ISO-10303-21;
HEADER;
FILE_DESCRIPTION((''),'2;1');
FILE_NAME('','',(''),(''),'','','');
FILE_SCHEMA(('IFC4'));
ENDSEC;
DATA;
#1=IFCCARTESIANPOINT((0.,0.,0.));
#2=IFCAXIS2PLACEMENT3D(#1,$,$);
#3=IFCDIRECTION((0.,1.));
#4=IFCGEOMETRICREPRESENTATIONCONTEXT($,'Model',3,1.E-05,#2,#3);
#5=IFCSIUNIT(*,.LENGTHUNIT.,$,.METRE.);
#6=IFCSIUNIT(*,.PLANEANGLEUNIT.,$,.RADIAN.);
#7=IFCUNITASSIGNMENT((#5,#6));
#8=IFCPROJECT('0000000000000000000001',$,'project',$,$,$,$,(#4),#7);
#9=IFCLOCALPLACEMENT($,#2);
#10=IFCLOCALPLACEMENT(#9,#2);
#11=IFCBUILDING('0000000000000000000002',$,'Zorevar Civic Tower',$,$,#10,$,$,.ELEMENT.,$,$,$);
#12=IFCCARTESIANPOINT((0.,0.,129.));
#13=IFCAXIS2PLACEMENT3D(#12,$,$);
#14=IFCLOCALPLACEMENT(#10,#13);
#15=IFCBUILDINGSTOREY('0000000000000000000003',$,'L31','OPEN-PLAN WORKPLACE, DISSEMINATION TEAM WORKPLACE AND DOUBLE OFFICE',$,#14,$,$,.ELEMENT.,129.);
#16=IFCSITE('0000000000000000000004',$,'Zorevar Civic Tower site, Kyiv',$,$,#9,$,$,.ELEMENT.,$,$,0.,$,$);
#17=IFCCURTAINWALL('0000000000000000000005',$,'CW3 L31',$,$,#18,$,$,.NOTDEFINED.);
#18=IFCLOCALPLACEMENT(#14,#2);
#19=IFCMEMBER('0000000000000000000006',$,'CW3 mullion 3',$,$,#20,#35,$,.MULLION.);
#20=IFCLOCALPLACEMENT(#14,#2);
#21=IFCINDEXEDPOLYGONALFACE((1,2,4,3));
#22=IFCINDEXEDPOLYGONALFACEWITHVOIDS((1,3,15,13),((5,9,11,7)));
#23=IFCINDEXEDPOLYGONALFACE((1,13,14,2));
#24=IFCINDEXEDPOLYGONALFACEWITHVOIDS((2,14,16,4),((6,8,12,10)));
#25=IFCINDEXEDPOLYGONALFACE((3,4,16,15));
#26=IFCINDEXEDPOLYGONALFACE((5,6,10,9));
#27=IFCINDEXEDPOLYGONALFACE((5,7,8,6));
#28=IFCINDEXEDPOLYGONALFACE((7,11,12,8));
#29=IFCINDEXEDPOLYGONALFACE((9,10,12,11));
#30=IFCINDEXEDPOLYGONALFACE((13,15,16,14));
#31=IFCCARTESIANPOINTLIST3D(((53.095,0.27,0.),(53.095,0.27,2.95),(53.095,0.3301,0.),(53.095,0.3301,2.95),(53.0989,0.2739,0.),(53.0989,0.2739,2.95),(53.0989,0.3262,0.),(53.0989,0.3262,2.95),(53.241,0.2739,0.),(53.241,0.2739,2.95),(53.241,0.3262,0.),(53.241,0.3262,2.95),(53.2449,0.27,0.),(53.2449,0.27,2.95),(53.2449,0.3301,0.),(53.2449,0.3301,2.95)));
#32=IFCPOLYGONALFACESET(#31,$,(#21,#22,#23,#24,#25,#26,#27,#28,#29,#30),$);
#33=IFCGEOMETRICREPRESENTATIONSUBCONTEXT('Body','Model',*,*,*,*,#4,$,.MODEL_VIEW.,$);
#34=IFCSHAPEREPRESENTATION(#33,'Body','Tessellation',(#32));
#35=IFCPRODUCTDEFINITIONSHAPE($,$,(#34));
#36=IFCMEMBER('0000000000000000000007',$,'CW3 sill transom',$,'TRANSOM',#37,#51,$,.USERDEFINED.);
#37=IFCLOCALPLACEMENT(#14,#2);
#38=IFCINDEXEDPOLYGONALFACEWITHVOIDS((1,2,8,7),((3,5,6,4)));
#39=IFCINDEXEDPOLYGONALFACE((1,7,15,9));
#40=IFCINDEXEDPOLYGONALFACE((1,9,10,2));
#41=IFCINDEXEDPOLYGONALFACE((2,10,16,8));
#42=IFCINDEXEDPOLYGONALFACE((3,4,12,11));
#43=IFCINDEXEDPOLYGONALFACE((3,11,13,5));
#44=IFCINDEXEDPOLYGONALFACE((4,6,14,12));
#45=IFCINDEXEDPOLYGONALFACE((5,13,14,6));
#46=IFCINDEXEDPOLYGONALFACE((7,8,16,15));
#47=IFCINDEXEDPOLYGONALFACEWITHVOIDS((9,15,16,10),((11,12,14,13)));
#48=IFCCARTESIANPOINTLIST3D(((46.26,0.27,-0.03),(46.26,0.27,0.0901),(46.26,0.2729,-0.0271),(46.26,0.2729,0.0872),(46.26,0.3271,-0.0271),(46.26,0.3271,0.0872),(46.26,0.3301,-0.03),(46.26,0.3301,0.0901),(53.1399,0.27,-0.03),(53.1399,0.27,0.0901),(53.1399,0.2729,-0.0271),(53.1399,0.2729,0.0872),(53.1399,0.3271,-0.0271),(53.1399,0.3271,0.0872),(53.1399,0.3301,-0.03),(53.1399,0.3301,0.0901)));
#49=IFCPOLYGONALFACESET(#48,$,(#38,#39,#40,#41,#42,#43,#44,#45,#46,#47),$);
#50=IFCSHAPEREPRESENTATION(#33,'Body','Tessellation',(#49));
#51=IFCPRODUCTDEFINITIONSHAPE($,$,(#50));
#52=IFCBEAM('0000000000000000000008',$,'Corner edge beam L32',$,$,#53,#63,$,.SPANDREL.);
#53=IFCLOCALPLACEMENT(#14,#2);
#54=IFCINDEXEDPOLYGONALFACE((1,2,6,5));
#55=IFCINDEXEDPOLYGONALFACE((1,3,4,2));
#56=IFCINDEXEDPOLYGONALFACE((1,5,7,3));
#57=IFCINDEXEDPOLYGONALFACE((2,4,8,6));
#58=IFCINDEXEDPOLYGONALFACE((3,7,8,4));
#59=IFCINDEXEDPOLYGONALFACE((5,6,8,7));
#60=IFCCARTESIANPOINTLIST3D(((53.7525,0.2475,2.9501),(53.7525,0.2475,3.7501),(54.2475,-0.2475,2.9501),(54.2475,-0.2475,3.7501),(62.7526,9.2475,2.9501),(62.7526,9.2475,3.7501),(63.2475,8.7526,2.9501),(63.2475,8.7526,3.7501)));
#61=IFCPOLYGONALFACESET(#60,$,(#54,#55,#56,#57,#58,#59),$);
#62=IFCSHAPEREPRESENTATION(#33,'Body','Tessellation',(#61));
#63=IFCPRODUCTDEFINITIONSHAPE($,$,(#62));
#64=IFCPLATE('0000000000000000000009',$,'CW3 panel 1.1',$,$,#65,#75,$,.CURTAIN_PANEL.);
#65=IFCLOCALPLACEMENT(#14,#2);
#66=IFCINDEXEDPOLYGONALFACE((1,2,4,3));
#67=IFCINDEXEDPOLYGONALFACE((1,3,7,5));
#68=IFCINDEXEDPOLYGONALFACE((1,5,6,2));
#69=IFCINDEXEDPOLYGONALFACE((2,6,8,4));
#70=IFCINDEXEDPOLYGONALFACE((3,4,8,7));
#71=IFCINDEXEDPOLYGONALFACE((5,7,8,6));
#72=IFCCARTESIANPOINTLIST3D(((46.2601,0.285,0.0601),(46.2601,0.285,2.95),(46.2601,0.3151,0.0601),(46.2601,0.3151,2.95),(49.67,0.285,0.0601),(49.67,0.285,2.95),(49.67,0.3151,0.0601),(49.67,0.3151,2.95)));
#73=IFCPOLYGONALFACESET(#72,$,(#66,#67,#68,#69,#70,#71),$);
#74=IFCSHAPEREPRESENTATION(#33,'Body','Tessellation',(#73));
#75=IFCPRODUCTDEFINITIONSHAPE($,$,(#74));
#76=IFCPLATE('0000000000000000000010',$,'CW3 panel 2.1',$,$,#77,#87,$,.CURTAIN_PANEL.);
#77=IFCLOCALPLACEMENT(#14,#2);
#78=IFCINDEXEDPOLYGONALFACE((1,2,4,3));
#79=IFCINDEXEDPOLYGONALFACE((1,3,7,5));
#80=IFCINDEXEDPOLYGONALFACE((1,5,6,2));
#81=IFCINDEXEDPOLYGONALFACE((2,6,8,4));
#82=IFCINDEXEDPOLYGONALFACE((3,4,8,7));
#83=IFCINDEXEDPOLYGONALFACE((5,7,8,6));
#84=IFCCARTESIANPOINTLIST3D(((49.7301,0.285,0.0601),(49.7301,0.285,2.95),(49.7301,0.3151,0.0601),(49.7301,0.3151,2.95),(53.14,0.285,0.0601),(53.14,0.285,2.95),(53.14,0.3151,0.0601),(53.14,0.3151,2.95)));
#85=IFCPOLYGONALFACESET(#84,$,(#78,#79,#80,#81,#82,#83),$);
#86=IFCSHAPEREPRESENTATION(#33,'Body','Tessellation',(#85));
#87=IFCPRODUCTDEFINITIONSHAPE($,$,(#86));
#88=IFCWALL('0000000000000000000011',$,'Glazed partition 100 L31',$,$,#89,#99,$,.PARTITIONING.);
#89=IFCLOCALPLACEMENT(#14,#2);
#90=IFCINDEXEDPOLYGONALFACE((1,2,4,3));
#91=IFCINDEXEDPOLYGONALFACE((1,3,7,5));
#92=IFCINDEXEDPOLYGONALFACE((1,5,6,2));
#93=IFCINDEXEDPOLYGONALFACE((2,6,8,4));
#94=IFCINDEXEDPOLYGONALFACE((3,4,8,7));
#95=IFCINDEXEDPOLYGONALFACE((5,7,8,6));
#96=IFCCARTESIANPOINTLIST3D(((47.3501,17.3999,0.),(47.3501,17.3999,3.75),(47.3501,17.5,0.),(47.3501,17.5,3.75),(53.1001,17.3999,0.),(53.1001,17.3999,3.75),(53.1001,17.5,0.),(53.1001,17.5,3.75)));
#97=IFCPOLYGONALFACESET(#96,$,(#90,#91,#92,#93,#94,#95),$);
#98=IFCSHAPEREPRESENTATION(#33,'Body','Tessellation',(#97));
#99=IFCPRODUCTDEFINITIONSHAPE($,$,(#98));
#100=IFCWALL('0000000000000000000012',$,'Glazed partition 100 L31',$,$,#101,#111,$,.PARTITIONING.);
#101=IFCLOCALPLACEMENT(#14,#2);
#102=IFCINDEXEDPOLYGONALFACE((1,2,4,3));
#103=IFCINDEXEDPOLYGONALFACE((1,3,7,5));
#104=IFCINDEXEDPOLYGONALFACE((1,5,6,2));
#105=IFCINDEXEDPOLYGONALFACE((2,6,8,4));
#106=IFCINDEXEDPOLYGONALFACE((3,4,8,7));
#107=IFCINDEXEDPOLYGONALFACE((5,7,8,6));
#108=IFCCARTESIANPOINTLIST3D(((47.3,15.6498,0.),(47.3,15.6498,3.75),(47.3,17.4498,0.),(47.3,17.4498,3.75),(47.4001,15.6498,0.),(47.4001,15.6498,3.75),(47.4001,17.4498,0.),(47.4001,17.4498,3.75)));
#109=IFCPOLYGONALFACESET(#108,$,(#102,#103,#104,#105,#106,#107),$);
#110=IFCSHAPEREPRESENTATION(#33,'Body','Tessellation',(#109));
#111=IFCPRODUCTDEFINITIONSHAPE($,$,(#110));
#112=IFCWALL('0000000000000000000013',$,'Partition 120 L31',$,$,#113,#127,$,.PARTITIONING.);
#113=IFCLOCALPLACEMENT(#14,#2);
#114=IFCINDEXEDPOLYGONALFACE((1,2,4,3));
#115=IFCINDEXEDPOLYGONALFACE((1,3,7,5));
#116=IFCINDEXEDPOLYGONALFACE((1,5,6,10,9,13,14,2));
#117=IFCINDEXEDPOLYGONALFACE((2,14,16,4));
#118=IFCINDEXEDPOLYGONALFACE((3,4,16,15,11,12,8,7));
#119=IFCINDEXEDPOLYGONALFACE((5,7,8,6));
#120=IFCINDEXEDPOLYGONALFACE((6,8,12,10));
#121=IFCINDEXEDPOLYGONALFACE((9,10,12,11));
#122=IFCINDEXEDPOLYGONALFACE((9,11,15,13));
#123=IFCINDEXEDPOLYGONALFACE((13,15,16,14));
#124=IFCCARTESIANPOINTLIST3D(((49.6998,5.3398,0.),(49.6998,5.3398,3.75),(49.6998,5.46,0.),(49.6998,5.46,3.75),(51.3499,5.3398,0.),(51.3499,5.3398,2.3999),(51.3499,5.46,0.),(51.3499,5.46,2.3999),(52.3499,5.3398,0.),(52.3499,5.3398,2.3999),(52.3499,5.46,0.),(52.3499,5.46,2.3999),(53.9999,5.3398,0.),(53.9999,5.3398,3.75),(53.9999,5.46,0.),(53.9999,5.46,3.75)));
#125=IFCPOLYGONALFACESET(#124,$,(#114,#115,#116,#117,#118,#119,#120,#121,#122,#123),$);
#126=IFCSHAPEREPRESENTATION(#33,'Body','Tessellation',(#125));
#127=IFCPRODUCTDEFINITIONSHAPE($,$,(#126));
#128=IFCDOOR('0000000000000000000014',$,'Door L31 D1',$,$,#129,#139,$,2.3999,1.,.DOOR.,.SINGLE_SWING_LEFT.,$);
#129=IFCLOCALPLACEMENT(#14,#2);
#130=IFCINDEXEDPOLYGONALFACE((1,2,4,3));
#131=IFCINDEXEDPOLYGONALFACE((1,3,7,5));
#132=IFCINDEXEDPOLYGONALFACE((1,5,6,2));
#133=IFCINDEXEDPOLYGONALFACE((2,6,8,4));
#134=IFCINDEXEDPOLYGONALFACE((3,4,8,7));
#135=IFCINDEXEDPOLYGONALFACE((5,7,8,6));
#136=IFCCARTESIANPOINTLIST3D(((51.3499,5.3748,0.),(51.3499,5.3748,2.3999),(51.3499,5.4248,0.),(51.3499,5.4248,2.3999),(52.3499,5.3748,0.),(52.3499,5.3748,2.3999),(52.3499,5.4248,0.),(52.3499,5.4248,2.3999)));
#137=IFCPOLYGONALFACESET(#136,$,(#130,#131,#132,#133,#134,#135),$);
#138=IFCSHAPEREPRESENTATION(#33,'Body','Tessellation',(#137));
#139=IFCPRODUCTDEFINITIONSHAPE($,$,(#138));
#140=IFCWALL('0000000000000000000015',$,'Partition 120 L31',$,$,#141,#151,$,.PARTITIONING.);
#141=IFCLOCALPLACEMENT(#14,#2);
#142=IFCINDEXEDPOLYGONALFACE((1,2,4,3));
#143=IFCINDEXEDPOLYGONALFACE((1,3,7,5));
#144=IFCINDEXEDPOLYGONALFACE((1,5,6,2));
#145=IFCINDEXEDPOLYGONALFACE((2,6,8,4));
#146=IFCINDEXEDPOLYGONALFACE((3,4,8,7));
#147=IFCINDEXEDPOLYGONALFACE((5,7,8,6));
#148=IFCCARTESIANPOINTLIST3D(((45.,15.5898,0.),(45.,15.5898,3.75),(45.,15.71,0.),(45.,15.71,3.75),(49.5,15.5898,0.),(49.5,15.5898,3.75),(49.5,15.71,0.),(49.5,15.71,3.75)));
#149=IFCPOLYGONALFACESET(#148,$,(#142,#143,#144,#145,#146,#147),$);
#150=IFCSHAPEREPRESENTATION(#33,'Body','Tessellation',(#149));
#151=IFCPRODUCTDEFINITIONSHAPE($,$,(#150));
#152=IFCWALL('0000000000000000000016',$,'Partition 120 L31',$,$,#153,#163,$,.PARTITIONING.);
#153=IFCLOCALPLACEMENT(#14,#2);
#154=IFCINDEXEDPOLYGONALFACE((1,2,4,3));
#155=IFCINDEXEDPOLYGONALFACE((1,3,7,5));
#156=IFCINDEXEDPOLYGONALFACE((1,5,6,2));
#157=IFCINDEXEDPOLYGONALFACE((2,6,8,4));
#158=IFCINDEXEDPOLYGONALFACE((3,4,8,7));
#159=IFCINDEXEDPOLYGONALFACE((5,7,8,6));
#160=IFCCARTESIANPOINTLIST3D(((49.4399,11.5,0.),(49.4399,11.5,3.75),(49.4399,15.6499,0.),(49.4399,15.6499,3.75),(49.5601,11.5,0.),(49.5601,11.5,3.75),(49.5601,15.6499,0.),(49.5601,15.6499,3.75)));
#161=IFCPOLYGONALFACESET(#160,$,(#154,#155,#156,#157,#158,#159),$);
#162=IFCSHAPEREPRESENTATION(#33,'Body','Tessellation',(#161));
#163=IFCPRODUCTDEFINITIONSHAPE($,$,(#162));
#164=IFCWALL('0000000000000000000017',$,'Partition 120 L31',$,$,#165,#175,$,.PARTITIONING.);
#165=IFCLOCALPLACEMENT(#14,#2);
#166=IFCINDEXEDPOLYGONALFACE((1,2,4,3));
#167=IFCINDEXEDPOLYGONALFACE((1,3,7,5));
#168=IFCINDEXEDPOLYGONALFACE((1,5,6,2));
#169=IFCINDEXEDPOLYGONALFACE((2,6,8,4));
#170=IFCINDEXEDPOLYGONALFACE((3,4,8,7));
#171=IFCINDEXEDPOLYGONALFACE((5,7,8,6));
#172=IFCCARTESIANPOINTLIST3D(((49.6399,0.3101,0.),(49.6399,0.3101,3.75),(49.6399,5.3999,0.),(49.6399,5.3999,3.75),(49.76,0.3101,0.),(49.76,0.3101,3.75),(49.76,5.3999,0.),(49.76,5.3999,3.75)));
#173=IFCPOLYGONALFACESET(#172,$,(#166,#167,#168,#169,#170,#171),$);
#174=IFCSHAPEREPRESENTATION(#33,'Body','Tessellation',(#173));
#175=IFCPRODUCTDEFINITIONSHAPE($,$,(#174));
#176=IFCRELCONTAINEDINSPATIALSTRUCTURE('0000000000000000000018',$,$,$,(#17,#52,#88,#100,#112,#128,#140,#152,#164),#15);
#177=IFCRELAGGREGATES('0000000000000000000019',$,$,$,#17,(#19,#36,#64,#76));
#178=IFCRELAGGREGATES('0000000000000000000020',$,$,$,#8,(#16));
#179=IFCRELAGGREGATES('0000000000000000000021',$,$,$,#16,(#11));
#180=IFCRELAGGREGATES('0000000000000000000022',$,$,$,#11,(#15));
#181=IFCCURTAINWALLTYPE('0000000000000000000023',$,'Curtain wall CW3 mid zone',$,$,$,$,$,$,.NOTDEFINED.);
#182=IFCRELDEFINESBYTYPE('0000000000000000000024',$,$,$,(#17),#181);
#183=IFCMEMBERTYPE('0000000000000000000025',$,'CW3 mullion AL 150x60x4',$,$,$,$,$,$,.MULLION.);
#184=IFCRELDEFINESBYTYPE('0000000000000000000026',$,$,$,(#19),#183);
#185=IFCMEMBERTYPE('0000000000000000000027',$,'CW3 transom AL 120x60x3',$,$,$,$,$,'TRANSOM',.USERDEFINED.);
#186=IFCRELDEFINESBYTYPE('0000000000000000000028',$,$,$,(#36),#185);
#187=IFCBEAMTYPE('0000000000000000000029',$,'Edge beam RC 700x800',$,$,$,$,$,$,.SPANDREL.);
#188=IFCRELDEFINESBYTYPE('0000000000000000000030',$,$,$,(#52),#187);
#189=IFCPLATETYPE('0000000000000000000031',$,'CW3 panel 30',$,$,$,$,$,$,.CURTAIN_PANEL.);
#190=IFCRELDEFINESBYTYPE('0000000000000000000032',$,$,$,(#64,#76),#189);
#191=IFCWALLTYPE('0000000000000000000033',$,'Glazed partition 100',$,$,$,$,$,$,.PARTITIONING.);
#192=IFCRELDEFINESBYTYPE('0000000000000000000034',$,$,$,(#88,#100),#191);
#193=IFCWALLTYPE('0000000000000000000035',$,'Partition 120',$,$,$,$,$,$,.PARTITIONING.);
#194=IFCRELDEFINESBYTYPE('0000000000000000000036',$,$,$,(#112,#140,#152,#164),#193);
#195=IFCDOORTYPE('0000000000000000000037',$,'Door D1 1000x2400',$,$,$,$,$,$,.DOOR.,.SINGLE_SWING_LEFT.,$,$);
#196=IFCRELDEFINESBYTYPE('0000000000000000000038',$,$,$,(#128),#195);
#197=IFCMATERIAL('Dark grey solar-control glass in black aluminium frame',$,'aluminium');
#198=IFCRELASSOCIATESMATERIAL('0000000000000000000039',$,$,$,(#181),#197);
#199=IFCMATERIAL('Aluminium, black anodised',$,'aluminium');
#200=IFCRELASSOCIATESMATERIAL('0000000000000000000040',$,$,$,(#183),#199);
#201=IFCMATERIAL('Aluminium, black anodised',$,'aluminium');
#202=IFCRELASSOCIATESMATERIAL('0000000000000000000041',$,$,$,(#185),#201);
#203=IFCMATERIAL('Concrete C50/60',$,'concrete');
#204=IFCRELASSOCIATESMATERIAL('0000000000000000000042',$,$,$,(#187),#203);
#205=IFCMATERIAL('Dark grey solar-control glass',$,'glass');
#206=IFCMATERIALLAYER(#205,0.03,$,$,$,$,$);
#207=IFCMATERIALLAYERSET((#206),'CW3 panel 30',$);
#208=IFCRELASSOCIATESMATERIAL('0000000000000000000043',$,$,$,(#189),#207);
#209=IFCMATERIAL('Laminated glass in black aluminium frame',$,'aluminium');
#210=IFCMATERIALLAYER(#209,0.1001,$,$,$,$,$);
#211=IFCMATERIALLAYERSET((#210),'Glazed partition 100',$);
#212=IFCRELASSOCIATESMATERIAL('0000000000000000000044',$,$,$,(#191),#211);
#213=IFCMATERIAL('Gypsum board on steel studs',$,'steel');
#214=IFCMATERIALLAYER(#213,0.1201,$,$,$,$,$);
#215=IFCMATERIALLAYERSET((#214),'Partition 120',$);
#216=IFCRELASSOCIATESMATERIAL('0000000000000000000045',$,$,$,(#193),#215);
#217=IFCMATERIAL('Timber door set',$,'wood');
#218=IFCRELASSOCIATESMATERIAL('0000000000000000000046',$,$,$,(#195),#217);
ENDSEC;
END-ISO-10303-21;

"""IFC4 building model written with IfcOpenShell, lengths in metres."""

from ifc_helpers import new_model, si_unit, direction, frame, frame_2d, origin, origin_2d, place, context, subcontext, project, spatial, rectangle, hollow_rectangle, extrude, material, layer, layer_set, material_profile, profile_set, type_object, element, fill, aggregate, save


model = new_model("IFC4")

# Units and contexts
model_context = context("Model", 3, precision=1e-05, world=origin(), true_north=direction((0.0, 1.0)))
body_context = subcontext(model_context, "Body", "Model", "MODEL_VIEW")
ifc_project = project(units=[si_unit("LENGTHUNIT", "METRE"), si_unit("PLANEANGLEUNIT", "RADIAN")], contexts=[model_context])

# Site, building, storey
site_placement = place(None, origin())
site = spatial("IfcSite", under=ifc_project, at=site_placement, Name="Zorevar Civic Tower site, Kyiv", CompositionType="ELEMENT", RefElevation=0.0)
building_placement = place(site_placement, origin())
building = spatial("IfcBuilding", under=site, at=building_placement, Name="Zorevar Civic Tower", CompositionType="ELEMENT")
storey_placement = place(building_placement, frame((0.0, 0.0, 129.0)))
storey = spatial("IfcBuildingStorey", under=building, at=storey_placement, Name="L31", Description="OPEN-PLAN WORKPLACE, DISSEMINATION TEAM WORKPLACE AND DOUBLE OFFICE", CompositionType="ELEMENT", Elevation=129.0)

# Curtain wall, members
ifc_material_1 = material(Name="Dark grey solar-control glass in black aluminium frame", Category="aluminium")
curtain_wall_type = type_object("IfcCurtainWallType", Name="Curtain wall CW3 mid zone", PredefinedType="NOTDEFINED", material=ifc_material_1)
curtain_wall_placement = place(storey_placement, origin())
curtain_wall = element("IfcCurtainWall", 1, at=curtain_wall_placement, inside=storey, type_object=curtain_wall_type, Name="CW3 L31", PredefinedType="NOTDEFINED")
ifc_material_2 = material(Name="Aluminium, black anodised", Category="aluminium")
ifc_material_profile_1 = material_profile(ifc_material_2, hollow_rectangle(XDim=0.0601, YDim=0.1499, WallThickness=0.0039, at=origin_2d()), Name="AL 150x60x4")
ifc_profile_set_1 = profile_set([ifc_material_profile_1], Name="Aluminium, black anodised")
member_type_1 = type_object("IfcMemberType", Name="CW3 mullion AL 150x60x4", PredefinedType="MULLION", material=ifc_profile_set_1)
member_1_placement = place(storey_placement, frame((53.1699, 0.3, 0.0), z_axis=(0.0, 0.0, 1.0), x_axis=(0.0, 1.0, 0.0)))
member_1 = element("IfcMember", 2, at=member_1_placement, type_object=member_type_1, Name="CW3 mullion 3", PredefinedType="MULLION", context=body_context, shape_type="SweptSolid", body=[
    extrude(hollow_rectangle(XDim=0.0601, YDim=0.1499, WallThickness=0.0039, at=origin_2d()), origin(), (0.0, 0.0, 1.0), 2.95),
])
ifc_material_3 = material(Name="Aluminium, black anodised", Category="aluminium")
ifc_material_profile_2 = material_profile(ifc_material_3, hollow_rectangle(XDim=0.0601, YDim=0.1201, WallThickness=0.0029, at=origin_2d()), Name="AL 120x60x3")
ifc_profile_set_2 = profile_set([ifc_material_profile_2], Name="Aluminium, black anodised")
member_type_2 = type_object("IfcMemberType", Name="CW3 transom AL 120x60x3", ElementType="TRANSOM", PredefinedType="USERDEFINED", material=ifc_profile_set_2)
member_2_placement = place(storey_placement, frame((46.26, 0.3, 0.03), z_axis=(1.0, 0.0, 0.0), x_axis=(0.0, 1.0, 0.0)))
member_2 = element("IfcMember", 3, at=member_2_placement, type_object=member_type_2, Name="CW3 sill transom", ObjectType="TRANSOM", PredefinedType="USERDEFINED", context=body_context, shape_type="SweptSolid", body=[
    extrude(hollow_rectangle(XDim=0.0601, YDim=0.1201, WallThickness=0.0029, at=origin_2d()), origin(), (0.0, 0.0, 1.0), 6.8799),
])

# Beam
ifc_material_4 = material(Name="Concrete C50/60", Category="concrete")
ifc_material_profile_3 = material_profile(ifc_material_4, rectangle(XDim=0.7, YDim=0.8, at=origin_2d()), Name="RC 700x800")
ifc_profile_set_3 = profile_set([ifc_material_profile_3], Name="Concrete C50/60")
beam_type_1 = type_object("IfcBeamType", Name="Edge beam RC 700x800", PredefinedType="SPANDREL", material=ifc_profile_set_3)
beam_1_placement = place(storey_placement, frame((54.0, 0.0, 3.3501), z_axis=(0.707107, 0.707107, 0.0), x_axis=(-0.707107, 0.707107, 0.0)))
element("IfcBeam", 4, at=beam_1_placement, inside=storey, type_object=beam_type_1, Name="Corner edge beam L32", PredefinedType="SPANDREL", context=body_context, shape_type="SweptSolid", body=[
    extrude(rectangle(XDim=0.7, YDim=0.8, at=origin_2d()), origin(), (0.0, 0.0, 1.0), 12.728),
])

# Plates
ifc_material_5 = material(Name="Dark grey solar-control glass", Category="glass")
ifc_layer_1 = layer(ifc_material_5, 0.03)
ifc_layer_set_1 = layer_set([ifc_layer_1], Name="CW3 panel 30")
plate_type = type_object("IfcPlateType", Name="CW3 panel 30", PredefinedType="CURTAIN_PANEL", material=ifc_layer_set_1)
plate_1_placement = place(storey_placement, frame((47.9651, 0.3, 0.0601), z_axis=(0.0, 0.0, 1.0), x_axis=(1.0, 0.0, 0.0)))
plate_1 = element("IfcPlate", 5, at=plate_1_placement, type_object=plate_type, Name="CW3 panel 1.1", PredefinedType="CURTAIN_PANEL", context=body_context, shape_type="SweptSolid", body=[
    extrude(rectangle(XDim=3.4099, YDim=0.03, at=origin_2d()), origin(), (0.0, 0.0, 1.0), 2.8899),
])
plate_2_placement = place(storey_placement, frame((51.4351, 0.3, 0.0601), z_axis=(0.0, 0.0, 1.0), x_axis=(1.0, 0.0, 0.0)))
plate_2 = element("IfcPlate", 6, at=plate_2_placement, type_object=plate_type, Name="CW3 panel 2.1", PredefinedType="CURTAIN_PANEL", context=body_context, shape_type="SweptSolid", body=[
    extrude(rectangle(XDim=3.4099, YDim=0.03, at=origin_2d()), origin(), (0.0, 0.0, 1.0), 2.8899),
])
aggregate(curtain_wall, [member_1, member_2, plate_1, plate_2])

# Walls
ifc_material_6 = material(Name="Laminated glass in black aluminium frame", Category="aluminium")
ifc_layer_2 = layer(ifc_material_6, 0.1001)
ifc_layer_set_2 = layer_set([ifc_layer_2], Name="Glazed partition 100")
wall_type_1 = type_object("IfcWallType", Name="Glazed partition 100", PredefinedType="PARTITIONING", material=ifc_layer_set_2)
wall_1_placement = place(storey_placement, frame((47.3501, 17.45, 0.0), z_axis=(0.0, 0.0, 1.0), x_axis=(1.0, 0.0, 0.0)))
element("IfcWall", 7, at=wall_1_placement, inside=storey, type_object=wall_type_1, Name="Glazed partition 100 L31", PredefinedType="PARTITIONING", context=body_context, shape_type="SweptSolid", body=[
    extrude(rectangle(XDim=5.75, YDim=0.1001, at=frame_2d((2.875, 0.0))), origin(), (0.0, 0.0, 1.0), 3.75),
])
wall_2_placement = place(storey_placement, frame((47.3501, 15.6499, 0.0), z_axis=(0.0, 0.0, 1.0), x_axis=(0.0, 1.0, 0.0)))
element("IfcWall", 8, at=wall_2_placement, inside=storey, type_object=wall_type_1, Name="Glazed partition 100 L31", PredefinedType="PARTITIONING", context=body_context, shape_type="SweptSolid", body=[
    extrude(rectangle(XDim=1.8, YDim=0.1001, at=frame_2d((0.8999, 0.0))), origin(), (0.0, 0.0, 1.0), 3.75),
])

# Wall, opening, door
ifc_material_7 = material(Name="Gypsum board on steel studs", Category="steel")
ifc_layer_3 = layer(ifc_material_7, 0.1201)
ifc_layer_set_3 = layer_set([ifc_layer_3], Name="Partition 120")
wall_type_2 = type_object("IfcWallType", Name="Partition 120", PredefinedType="PARTITIONING", material=ifc_layer_set_3)
wall_3_placement = place(storey_placement, frame((49.7, 5.3999, 0.0), z_axis=(0.0, 0.0, 1.0), x_axis=(1.0, 0.0, 0.0)))
wall_3 = element("IfcWall", 9, at=wall_3_placement, inside=storey, type_object=wall_type_2, Name="Partition 120 L31", PredefinedType="PARTITIONING", context=body_context, shape_type="SweptSolid", body=[
    extrude(rectangle(XDim=4.3, YDim=0.1201, at=frame_2d((2.1499, 0.0))), origin(), (0.0, 0.0, 1.0), 3.75),
])
opening_placement = place(wall_3_placement, frame((1.6499, 0.0, 0.0)))
opening = element("IfcOpeningElement", 10, at=opening_placement, cuts=wall_3, PredefinedType="OPENING", context=body_context, shape_type="SweptSolid", body=[
    extrude(rectangle(XDim=1.0, YDim=2.3999, at=frame_2d((0.5, 1.2))), frame((0.0, 0.0701, 0.0), z_axis=(0.0, -1.0, 0.0), x_axis=(1.0, 0.0, 0.0)), (0.0, 0.0, 1.0), 0.1401),
])
ifc_material_8 = material(Name="Timber door set", Category="wood")
door_type = type_object("IfcDoorType", Name="Door D1 1000x2400", OperationType="SINGLE_SWING_LEFT", PredefinedType="DOOR", material=ifc_material_8)
door_placement = place(opening_placement, origin())
door = element("IfcDoor", 11, at=door_placement, inside=storey, type_object=door_type, Name="Door L31 D1", OperationType="SINGLE_SWING_LEFT", OverallHeight=2.3999, OverallWidth=1.0, PredefinedType="DOOR", context=body_context, shape_type="SweptSolid", body=[
    extrude(rectangle(XDim=1.0, YDim=2.3999, at=frame_2d((0.5, 1.2))), frame((0.0, 0.0249, 0.0), z_axis=(0.0, -1.0, 0.0), x_axis=(1.0, 0.0, 0.0)), (0.0, 0.0, 1.0), 0.05),
])
fill(opening, door)

# Walls
wall_4_placement = place(storey_placement, frame((45.0, 15.6499, 0.0), z_axis=(0.0, 0.0, 1.0), x_axis=(1.0, 0.0, 0.0)))
element("IfcWall", 12, at=wall_4_placement, inside=storey, type_object=wall_type_2, Name="Partition 120 L31", PredefinedType="PARTITIONING", context=body_context, shape_type="SweptSolid", body=[
    extrude(rectangle(XDim=4.5, YDim=0.1201, at=frame_2d((2.25, 0.0))), origin(), (0.0, 0.0, 1.0), 3.75),
])
wall_5_placement = place(storey_placement, frame((49.5, 11.5, 0.0), z_axis=(0.0, 0.0, 1.0), x_axis=(0.0, 1.0, 0.0)))
element("IfcWall", 13, at=wall_5_placement, inside=storey, type_object=wall_type_2, Name="Partition 120 L31", PredefinedType="PARTITIONING", context=body_context, shape_type="SweptSolid", body=[
    extrude(rectangle(XDim=4.1499, YDim=0.1201, at=frame_2d((2.075, 0.0))), origin(), (0.0, 0.0, 1.0), 3.75),
])
wall_6_placement = place(storey_placement, frame((49.7, 0.3101, 0.0), z_axis=(0.0, 0.0, 1.0), x_axis=(0.0, 1.0, 0.0)))
element("IfcWall", 14, at=wall_6_placement, inside=storey, type_object=wall_type_2, Name="Partition 120 L31", PredefinedType="PARTITIONING", context=body_context, shape_type="SweptSolid", body=[
    extrude(rectangle(XDim=5.0898, YDim=0.1201, at=frame_2d((2.5449, 0.0))), origin(), (0.0, 0.0, 1.0), 3.75),
])

save(model, "model.ifc")
